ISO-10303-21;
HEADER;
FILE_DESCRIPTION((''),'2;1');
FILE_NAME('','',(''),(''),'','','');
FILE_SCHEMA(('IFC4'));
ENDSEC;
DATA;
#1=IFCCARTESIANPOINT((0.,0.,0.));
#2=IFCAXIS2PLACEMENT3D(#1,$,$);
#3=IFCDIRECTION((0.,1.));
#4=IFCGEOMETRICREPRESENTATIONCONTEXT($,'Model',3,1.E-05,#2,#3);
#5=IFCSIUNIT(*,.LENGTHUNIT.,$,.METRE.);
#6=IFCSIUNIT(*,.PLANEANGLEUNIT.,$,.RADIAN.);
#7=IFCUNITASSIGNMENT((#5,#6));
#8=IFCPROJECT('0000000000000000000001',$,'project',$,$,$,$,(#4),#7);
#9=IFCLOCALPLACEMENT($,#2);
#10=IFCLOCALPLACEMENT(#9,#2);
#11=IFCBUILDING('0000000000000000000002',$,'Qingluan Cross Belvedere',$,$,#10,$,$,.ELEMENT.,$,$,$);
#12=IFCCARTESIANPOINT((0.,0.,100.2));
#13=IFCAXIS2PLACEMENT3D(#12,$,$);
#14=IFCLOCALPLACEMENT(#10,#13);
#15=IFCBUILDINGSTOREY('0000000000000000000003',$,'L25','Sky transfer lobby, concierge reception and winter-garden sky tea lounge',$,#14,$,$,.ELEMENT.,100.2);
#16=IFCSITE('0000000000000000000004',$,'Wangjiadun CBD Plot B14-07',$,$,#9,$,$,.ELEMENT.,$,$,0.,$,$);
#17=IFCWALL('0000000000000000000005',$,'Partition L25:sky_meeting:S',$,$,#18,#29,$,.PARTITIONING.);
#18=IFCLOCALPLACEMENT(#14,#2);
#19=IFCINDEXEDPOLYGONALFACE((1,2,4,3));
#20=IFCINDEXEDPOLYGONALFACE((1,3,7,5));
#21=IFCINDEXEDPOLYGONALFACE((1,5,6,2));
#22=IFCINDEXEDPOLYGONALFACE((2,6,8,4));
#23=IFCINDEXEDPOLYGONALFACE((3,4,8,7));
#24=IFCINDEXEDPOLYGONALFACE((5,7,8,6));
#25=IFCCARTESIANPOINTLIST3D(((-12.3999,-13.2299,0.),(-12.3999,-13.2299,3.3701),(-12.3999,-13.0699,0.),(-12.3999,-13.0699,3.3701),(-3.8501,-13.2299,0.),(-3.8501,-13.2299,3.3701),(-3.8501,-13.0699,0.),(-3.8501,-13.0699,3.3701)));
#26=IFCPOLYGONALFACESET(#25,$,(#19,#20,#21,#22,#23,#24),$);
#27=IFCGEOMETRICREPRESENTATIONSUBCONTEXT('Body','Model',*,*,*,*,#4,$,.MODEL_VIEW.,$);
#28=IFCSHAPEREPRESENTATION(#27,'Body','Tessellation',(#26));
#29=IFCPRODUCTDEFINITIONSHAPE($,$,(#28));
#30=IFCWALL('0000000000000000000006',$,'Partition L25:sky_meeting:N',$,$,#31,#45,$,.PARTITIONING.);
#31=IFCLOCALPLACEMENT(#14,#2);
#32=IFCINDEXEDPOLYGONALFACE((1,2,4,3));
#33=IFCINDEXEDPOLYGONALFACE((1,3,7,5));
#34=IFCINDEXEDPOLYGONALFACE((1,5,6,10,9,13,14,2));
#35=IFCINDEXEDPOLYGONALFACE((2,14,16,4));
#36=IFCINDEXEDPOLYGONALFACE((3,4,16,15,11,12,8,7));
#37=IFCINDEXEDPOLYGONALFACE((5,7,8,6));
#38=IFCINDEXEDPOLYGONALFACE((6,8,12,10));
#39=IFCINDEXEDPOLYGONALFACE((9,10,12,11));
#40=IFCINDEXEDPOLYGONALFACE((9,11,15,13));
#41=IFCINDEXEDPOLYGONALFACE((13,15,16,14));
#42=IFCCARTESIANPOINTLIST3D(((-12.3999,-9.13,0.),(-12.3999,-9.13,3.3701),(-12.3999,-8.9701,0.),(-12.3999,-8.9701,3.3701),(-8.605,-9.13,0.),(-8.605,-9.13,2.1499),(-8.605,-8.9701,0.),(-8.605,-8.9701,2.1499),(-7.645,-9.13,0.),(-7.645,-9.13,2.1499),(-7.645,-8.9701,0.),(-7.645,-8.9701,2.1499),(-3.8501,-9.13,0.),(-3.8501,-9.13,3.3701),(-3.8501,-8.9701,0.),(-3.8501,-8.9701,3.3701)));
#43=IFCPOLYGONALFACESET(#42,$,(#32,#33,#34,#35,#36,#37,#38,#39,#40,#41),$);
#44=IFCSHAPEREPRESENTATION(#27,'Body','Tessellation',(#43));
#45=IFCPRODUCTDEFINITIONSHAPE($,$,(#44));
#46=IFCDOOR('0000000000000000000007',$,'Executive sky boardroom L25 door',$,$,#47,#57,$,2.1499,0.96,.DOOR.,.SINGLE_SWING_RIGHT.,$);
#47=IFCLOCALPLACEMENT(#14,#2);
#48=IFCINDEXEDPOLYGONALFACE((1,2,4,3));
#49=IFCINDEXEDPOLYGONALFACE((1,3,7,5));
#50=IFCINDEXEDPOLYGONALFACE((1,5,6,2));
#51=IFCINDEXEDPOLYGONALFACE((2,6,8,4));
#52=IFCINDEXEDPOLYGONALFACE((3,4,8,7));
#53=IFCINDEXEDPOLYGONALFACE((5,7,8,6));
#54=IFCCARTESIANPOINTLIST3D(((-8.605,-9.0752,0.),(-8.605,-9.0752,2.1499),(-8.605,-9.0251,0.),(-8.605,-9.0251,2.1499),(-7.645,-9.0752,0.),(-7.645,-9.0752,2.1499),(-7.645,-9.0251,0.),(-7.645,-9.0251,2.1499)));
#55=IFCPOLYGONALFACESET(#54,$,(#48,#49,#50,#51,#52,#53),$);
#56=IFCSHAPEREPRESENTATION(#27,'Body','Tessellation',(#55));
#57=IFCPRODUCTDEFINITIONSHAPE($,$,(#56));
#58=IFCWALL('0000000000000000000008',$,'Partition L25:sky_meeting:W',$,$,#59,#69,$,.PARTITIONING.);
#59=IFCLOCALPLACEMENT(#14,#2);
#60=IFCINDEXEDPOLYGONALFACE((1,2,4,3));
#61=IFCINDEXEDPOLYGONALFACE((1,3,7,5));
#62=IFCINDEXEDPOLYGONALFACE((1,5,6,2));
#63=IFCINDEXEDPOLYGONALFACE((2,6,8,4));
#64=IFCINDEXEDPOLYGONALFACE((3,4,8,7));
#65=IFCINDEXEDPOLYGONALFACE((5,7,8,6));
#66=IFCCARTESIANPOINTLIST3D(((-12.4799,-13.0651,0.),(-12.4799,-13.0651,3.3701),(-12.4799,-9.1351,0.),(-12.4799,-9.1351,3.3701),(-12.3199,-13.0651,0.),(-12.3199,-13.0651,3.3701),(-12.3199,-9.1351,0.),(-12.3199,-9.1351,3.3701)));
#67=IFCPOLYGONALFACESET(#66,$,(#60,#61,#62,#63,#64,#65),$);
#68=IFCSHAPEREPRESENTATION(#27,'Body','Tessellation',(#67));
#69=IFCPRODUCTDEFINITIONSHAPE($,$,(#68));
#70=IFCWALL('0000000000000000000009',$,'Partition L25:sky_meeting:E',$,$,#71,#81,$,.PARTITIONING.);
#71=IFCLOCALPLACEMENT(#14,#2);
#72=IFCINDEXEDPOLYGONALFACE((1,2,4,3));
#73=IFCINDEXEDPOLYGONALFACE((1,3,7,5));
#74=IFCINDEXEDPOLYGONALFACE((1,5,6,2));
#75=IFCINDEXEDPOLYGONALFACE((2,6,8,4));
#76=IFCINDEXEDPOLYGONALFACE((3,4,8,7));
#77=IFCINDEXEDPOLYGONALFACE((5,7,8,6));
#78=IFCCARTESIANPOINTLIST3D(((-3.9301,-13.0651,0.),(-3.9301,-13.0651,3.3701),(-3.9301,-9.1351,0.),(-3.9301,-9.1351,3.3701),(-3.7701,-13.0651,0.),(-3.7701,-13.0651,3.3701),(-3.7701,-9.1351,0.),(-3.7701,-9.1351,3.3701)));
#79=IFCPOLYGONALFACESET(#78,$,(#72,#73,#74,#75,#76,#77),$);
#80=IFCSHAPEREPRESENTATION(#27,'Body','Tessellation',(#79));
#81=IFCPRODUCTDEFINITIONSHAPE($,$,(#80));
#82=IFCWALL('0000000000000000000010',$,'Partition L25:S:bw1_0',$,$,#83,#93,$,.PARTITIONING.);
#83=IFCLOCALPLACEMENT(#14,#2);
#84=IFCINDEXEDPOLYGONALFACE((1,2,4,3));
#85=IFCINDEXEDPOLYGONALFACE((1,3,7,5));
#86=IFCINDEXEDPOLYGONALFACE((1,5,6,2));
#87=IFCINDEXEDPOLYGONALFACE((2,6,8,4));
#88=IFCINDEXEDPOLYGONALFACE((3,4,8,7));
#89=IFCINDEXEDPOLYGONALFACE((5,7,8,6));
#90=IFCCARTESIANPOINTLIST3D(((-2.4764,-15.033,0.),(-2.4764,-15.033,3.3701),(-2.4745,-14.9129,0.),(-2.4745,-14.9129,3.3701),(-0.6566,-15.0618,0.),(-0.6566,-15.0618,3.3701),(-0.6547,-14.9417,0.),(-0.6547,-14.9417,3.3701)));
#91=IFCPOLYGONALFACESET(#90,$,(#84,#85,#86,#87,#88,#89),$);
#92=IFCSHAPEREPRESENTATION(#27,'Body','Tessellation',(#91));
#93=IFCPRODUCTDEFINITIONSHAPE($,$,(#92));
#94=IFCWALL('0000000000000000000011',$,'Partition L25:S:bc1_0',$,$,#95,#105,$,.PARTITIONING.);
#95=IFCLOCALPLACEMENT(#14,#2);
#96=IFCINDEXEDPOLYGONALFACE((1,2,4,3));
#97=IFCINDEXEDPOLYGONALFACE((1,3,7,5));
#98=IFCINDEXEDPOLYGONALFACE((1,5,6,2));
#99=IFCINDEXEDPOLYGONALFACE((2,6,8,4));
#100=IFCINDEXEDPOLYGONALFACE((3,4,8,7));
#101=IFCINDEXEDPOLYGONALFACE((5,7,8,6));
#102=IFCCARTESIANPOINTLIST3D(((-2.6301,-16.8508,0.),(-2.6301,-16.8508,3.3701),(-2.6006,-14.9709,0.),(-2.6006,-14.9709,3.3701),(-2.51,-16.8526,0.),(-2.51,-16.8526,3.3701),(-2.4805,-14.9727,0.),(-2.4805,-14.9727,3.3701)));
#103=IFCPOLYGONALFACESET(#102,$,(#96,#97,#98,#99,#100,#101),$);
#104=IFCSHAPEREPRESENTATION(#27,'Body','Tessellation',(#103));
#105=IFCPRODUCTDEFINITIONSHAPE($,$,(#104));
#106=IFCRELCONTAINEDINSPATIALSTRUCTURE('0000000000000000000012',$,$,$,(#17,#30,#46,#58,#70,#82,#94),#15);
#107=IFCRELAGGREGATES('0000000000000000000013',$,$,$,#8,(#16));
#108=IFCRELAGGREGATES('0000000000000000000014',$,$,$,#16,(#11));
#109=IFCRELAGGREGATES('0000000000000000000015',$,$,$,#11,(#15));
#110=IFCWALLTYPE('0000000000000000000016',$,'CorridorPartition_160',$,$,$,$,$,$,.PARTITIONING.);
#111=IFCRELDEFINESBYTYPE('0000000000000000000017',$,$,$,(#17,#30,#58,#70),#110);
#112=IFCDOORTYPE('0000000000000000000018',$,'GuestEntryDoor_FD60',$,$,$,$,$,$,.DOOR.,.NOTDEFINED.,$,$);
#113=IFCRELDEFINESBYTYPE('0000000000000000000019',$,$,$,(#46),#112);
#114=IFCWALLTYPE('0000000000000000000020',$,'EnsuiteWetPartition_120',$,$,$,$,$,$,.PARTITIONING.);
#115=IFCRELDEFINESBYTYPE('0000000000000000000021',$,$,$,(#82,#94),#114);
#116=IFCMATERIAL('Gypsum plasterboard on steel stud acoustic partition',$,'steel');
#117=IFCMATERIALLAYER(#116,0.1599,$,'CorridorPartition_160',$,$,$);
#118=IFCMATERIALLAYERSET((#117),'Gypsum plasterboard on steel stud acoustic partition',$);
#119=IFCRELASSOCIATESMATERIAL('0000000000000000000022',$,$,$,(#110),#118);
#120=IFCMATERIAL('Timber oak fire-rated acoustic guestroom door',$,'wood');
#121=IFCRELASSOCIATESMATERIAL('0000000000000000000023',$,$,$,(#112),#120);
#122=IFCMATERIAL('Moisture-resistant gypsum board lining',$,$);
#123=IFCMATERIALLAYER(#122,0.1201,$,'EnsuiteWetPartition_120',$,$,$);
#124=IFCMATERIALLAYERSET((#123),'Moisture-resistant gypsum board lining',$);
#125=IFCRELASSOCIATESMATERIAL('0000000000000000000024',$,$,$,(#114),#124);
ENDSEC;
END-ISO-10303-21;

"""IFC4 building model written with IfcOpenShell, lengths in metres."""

from ifc_helpers import new_model, si_unit, direction, frame, frame_2d, origin, place, context, subcontext, project, spatial, rectangle, extrude, material, layer, layer_set, type_object, element, fill, save


model = new_model("IFC4")

# Units and contexts
model_context = context("Model", 3, precision=1e-05, world=origin(), true_north=direction((0.0, 1.0)))
body_context = subcontext(model_context, "Body", "Model", "MODEL_VIEW")
ifc_project = project(units=[si_unit("LENGTHUNIT", "METRE"), si_unit("PLANEANGLEUNIT", "RADIAN")], contexts=[model_context])

# Site, building, storey
site_placement = place(None, origin())
site = spatial("IfcSite", under=ifc_project, at=site_placement, Name="Wangjiadun CBD Plot B14-07", CompositionType="ELEMENT", RefElevation=0.0)
building_placement = place(site_placement, origin())
building = spatial("IfcBuilding", under=site, at=building_placement, Name="Qingluan Cross Belvedere", CompositionType="ELEMENT")
storey_placement = place(building_placement, frame((0.0, 0.0, 100.2)))
storey = spatial("IfcBuildingStorey", under=building, at=storey_placement, Name="L25", Description="Sky transfer lobby, concierge reception and winter-garden sky tea lounge", CompositionType="ELEMENT", Elevation=100.2)

# Wall
ifc_material_1 = material(Name="Gypsum plasterboard on steel stud acoustic partition", Category="steel")
ifc_layer_1 = layer(ifc_material_1, 0.1599, Name="CorridorPartition_160")
ifc_layer_set_1 = layer_set([ifc_layer_1], Name="Gypsum plasterboard on steel stud acoustic partition")
wall_type_1 = type_object("IfcWallType", Name="CorridorPartition_160", PredefinedType="PARTITIONING", material=ifc_layer_set_1)
wall_1_placement = place(storey_placement, frame((-12.3999, -13.1499, 0.0), z_axis=(0.0, 0.0, 1.0), x_axis=(1.0, 0.0, 0.0)))
element("IfcWall", 1, at=wall_1_placement, inside=storey, type_object=wall_type_1, Name="Partition L25:sky_meeting:S", PredefinedType="PARTITIONING", context=body_context, shape_type="SweptSolid", body=[
    extrude(rectangle(XDim=8.5498, YDim=0.1599, at=frame_2d((4.2749, 0.0))), origin(), (0.0, 0.0, 1.0), 3.3701),
])

# Wall, opening, door
wall_2_placement = place(storey_placement, frame((-12.3999, -9.05, 0.0), z_axis=(0.0, 0.0, 1.0), x_axis=(1.0, 0.0, 0.0)))
wall_2 = element("IfcWall", 2, at=wall_2_placement, inside=storey, type_object=wall_type_1, Name="Partition L25:sky_meeting:N", PredefinedType="PARTITIONING", context=body_context, shape_type="SweptSolid", body=[
    extrude(rectangle(XDim=8.5498, YDim=0.1599, at=frame_2d((4.2749, 0.0))), origin(), (0.0, 0.0, 1.0), 3.3701),
])
opening_1_placement = place(wall_2_placement, frame((3.7949, 0.0, 0.0)))
opening_1 = element("IfcOpeningElement", 3, at=opening_1_placement, cuts=wall_2, PredefinedType="OPENING", context=body_context, shape_type="SweptSolid", body=[
    extrude(rectangle(XDim=0.96, YDim=2.1499, at=frame_2d((0.48, 1.075))), frame((0.0, 0.0898, 0.0), z_axis=(0.0, -1.0, 0.0), x_axis=(1.0, 0.0, 0.0)), (0.0, 0.0, 1.0), 0.1799),
])
ifc_material_2 = material(Name="Timber oak fire-rated acoustic guestroom door", Category="wood")
door_type = type_object("IfcDoorType", Name="GuestEntryDoor_FD60", OperationType="NOTDEFINED", PredefinedType="DOOR", material=ifc_material_2)
door_placement = place(opening_1_placement, origin())
door = element("IfcDoor", 4, at=door_placement, inside=storey, type_object=door_type, Name="Executive sky boardroom L25 door", OperationType="SINGLE_SWING_RIGHT", OverallHeight=2.1499, OverallWidth=0.96, PredefinedType="DOOR", context=body_context, shape_type="SweptSolid", body=[
    extrude(rectangle(XDim=0.96, YDim=2.1499, at=frame_2d((0.48, 1.075))), frame((0.0, 0.0249, 0.0), z_axis=(0.0, -1.0, 0.0), x_axis=(1.0, 0.0, 0.0)), (0.0, 0.0, 1.0), 0.05),
])
fill(opening_1, door)

# Walls
for number, where, z_axis, x_axis, name in (
    (5, (-12.3999, -13.0649, 0.0), (0.0, 0.0, 1.0), (0.0, 1.0, 0.0), "Partition L25:sky_meeting:W"),
    (6, (-3.8501, -13.0649, 0.0), (0.0, 0.0, 1.0), (0.0, 1.0, 0.0), "Partition L25:sky_meeting:E"),
):
    element("IfcWall", number, at=place(storey_placement, frame(where, z_axis=z_axis, x_axis=x_axis)), inside=storey, type_object=wall_type_1, Name=name, PredefinedType="PARTITIONING", context=body_context, shape_type="SweptSolid", body=[
        extrude(rectangle(XDim=3.9299, YDim=0.1599, at=frame_2d((1.9648, 0.0))), origin(), (0.0, 0.0, 1.0), 3.3701),
    ])
ifc_material_3 = material(Name="Moisture-resistant gypsum board lining")
ifc_layer_2 = layer(ifc_material_3, 0.1201, Name="EnsuiteWetPartition_120")
ifc_layer_set_2 = layer_set([ifc_layer_2], Name="Moisture-resistant gypsum board lining")
wall_type_2 = type_object("IfcWallType", Name="EnsuiteWetPartition_120", PredefinedType="PARTITIONING", material=ifc_layer_set_2)
wall_3_placement = place(storey_placement, frame((-2.4756, -14.9729, 0.0), z_axis=(0.0, 0.0, 1.0), x_axis=(0.999875, -0.015828, 0.0)))
element("IfcWall", 7, at=wall_3_placement, inside=storey, type_object=wall_type_2, Name="Partition L25:S:bw1_0", PredefinedType="PARTITIONING", context=body_context, shape_type="SweptSolid", body=[
    extrude(rectangle(XDim=1.8201, YDim=0.1201, at=frame_2d((0.9102, 0.0))), origin(), (0.0, 0.0, 1.0), 3.3701),
])
wall_4_placement = place(storey_placement, frame((-2.5405, -14.9719, 0.0), z_axis=(0.0, 0.0, 1.0), x_axis=(-0.015712, -0.999877, 0.0)))
element("IfcWall", 8, at=wall_4_placement, inside=storey, type_object=wall_type_2, Name="Partition L25:S:bc1_0", PredefinedType="PARTITIONING", context=body_context, shape_type="SweptSolid", body=[
    extrude(rectangle(XDim=1.8801, YDim=0.1201, at=frame_2d((0.9399, 0.0))), origin(), (0.0, 0.0, 1.0), 3.3701),
])

save(model, "model.ifc")
